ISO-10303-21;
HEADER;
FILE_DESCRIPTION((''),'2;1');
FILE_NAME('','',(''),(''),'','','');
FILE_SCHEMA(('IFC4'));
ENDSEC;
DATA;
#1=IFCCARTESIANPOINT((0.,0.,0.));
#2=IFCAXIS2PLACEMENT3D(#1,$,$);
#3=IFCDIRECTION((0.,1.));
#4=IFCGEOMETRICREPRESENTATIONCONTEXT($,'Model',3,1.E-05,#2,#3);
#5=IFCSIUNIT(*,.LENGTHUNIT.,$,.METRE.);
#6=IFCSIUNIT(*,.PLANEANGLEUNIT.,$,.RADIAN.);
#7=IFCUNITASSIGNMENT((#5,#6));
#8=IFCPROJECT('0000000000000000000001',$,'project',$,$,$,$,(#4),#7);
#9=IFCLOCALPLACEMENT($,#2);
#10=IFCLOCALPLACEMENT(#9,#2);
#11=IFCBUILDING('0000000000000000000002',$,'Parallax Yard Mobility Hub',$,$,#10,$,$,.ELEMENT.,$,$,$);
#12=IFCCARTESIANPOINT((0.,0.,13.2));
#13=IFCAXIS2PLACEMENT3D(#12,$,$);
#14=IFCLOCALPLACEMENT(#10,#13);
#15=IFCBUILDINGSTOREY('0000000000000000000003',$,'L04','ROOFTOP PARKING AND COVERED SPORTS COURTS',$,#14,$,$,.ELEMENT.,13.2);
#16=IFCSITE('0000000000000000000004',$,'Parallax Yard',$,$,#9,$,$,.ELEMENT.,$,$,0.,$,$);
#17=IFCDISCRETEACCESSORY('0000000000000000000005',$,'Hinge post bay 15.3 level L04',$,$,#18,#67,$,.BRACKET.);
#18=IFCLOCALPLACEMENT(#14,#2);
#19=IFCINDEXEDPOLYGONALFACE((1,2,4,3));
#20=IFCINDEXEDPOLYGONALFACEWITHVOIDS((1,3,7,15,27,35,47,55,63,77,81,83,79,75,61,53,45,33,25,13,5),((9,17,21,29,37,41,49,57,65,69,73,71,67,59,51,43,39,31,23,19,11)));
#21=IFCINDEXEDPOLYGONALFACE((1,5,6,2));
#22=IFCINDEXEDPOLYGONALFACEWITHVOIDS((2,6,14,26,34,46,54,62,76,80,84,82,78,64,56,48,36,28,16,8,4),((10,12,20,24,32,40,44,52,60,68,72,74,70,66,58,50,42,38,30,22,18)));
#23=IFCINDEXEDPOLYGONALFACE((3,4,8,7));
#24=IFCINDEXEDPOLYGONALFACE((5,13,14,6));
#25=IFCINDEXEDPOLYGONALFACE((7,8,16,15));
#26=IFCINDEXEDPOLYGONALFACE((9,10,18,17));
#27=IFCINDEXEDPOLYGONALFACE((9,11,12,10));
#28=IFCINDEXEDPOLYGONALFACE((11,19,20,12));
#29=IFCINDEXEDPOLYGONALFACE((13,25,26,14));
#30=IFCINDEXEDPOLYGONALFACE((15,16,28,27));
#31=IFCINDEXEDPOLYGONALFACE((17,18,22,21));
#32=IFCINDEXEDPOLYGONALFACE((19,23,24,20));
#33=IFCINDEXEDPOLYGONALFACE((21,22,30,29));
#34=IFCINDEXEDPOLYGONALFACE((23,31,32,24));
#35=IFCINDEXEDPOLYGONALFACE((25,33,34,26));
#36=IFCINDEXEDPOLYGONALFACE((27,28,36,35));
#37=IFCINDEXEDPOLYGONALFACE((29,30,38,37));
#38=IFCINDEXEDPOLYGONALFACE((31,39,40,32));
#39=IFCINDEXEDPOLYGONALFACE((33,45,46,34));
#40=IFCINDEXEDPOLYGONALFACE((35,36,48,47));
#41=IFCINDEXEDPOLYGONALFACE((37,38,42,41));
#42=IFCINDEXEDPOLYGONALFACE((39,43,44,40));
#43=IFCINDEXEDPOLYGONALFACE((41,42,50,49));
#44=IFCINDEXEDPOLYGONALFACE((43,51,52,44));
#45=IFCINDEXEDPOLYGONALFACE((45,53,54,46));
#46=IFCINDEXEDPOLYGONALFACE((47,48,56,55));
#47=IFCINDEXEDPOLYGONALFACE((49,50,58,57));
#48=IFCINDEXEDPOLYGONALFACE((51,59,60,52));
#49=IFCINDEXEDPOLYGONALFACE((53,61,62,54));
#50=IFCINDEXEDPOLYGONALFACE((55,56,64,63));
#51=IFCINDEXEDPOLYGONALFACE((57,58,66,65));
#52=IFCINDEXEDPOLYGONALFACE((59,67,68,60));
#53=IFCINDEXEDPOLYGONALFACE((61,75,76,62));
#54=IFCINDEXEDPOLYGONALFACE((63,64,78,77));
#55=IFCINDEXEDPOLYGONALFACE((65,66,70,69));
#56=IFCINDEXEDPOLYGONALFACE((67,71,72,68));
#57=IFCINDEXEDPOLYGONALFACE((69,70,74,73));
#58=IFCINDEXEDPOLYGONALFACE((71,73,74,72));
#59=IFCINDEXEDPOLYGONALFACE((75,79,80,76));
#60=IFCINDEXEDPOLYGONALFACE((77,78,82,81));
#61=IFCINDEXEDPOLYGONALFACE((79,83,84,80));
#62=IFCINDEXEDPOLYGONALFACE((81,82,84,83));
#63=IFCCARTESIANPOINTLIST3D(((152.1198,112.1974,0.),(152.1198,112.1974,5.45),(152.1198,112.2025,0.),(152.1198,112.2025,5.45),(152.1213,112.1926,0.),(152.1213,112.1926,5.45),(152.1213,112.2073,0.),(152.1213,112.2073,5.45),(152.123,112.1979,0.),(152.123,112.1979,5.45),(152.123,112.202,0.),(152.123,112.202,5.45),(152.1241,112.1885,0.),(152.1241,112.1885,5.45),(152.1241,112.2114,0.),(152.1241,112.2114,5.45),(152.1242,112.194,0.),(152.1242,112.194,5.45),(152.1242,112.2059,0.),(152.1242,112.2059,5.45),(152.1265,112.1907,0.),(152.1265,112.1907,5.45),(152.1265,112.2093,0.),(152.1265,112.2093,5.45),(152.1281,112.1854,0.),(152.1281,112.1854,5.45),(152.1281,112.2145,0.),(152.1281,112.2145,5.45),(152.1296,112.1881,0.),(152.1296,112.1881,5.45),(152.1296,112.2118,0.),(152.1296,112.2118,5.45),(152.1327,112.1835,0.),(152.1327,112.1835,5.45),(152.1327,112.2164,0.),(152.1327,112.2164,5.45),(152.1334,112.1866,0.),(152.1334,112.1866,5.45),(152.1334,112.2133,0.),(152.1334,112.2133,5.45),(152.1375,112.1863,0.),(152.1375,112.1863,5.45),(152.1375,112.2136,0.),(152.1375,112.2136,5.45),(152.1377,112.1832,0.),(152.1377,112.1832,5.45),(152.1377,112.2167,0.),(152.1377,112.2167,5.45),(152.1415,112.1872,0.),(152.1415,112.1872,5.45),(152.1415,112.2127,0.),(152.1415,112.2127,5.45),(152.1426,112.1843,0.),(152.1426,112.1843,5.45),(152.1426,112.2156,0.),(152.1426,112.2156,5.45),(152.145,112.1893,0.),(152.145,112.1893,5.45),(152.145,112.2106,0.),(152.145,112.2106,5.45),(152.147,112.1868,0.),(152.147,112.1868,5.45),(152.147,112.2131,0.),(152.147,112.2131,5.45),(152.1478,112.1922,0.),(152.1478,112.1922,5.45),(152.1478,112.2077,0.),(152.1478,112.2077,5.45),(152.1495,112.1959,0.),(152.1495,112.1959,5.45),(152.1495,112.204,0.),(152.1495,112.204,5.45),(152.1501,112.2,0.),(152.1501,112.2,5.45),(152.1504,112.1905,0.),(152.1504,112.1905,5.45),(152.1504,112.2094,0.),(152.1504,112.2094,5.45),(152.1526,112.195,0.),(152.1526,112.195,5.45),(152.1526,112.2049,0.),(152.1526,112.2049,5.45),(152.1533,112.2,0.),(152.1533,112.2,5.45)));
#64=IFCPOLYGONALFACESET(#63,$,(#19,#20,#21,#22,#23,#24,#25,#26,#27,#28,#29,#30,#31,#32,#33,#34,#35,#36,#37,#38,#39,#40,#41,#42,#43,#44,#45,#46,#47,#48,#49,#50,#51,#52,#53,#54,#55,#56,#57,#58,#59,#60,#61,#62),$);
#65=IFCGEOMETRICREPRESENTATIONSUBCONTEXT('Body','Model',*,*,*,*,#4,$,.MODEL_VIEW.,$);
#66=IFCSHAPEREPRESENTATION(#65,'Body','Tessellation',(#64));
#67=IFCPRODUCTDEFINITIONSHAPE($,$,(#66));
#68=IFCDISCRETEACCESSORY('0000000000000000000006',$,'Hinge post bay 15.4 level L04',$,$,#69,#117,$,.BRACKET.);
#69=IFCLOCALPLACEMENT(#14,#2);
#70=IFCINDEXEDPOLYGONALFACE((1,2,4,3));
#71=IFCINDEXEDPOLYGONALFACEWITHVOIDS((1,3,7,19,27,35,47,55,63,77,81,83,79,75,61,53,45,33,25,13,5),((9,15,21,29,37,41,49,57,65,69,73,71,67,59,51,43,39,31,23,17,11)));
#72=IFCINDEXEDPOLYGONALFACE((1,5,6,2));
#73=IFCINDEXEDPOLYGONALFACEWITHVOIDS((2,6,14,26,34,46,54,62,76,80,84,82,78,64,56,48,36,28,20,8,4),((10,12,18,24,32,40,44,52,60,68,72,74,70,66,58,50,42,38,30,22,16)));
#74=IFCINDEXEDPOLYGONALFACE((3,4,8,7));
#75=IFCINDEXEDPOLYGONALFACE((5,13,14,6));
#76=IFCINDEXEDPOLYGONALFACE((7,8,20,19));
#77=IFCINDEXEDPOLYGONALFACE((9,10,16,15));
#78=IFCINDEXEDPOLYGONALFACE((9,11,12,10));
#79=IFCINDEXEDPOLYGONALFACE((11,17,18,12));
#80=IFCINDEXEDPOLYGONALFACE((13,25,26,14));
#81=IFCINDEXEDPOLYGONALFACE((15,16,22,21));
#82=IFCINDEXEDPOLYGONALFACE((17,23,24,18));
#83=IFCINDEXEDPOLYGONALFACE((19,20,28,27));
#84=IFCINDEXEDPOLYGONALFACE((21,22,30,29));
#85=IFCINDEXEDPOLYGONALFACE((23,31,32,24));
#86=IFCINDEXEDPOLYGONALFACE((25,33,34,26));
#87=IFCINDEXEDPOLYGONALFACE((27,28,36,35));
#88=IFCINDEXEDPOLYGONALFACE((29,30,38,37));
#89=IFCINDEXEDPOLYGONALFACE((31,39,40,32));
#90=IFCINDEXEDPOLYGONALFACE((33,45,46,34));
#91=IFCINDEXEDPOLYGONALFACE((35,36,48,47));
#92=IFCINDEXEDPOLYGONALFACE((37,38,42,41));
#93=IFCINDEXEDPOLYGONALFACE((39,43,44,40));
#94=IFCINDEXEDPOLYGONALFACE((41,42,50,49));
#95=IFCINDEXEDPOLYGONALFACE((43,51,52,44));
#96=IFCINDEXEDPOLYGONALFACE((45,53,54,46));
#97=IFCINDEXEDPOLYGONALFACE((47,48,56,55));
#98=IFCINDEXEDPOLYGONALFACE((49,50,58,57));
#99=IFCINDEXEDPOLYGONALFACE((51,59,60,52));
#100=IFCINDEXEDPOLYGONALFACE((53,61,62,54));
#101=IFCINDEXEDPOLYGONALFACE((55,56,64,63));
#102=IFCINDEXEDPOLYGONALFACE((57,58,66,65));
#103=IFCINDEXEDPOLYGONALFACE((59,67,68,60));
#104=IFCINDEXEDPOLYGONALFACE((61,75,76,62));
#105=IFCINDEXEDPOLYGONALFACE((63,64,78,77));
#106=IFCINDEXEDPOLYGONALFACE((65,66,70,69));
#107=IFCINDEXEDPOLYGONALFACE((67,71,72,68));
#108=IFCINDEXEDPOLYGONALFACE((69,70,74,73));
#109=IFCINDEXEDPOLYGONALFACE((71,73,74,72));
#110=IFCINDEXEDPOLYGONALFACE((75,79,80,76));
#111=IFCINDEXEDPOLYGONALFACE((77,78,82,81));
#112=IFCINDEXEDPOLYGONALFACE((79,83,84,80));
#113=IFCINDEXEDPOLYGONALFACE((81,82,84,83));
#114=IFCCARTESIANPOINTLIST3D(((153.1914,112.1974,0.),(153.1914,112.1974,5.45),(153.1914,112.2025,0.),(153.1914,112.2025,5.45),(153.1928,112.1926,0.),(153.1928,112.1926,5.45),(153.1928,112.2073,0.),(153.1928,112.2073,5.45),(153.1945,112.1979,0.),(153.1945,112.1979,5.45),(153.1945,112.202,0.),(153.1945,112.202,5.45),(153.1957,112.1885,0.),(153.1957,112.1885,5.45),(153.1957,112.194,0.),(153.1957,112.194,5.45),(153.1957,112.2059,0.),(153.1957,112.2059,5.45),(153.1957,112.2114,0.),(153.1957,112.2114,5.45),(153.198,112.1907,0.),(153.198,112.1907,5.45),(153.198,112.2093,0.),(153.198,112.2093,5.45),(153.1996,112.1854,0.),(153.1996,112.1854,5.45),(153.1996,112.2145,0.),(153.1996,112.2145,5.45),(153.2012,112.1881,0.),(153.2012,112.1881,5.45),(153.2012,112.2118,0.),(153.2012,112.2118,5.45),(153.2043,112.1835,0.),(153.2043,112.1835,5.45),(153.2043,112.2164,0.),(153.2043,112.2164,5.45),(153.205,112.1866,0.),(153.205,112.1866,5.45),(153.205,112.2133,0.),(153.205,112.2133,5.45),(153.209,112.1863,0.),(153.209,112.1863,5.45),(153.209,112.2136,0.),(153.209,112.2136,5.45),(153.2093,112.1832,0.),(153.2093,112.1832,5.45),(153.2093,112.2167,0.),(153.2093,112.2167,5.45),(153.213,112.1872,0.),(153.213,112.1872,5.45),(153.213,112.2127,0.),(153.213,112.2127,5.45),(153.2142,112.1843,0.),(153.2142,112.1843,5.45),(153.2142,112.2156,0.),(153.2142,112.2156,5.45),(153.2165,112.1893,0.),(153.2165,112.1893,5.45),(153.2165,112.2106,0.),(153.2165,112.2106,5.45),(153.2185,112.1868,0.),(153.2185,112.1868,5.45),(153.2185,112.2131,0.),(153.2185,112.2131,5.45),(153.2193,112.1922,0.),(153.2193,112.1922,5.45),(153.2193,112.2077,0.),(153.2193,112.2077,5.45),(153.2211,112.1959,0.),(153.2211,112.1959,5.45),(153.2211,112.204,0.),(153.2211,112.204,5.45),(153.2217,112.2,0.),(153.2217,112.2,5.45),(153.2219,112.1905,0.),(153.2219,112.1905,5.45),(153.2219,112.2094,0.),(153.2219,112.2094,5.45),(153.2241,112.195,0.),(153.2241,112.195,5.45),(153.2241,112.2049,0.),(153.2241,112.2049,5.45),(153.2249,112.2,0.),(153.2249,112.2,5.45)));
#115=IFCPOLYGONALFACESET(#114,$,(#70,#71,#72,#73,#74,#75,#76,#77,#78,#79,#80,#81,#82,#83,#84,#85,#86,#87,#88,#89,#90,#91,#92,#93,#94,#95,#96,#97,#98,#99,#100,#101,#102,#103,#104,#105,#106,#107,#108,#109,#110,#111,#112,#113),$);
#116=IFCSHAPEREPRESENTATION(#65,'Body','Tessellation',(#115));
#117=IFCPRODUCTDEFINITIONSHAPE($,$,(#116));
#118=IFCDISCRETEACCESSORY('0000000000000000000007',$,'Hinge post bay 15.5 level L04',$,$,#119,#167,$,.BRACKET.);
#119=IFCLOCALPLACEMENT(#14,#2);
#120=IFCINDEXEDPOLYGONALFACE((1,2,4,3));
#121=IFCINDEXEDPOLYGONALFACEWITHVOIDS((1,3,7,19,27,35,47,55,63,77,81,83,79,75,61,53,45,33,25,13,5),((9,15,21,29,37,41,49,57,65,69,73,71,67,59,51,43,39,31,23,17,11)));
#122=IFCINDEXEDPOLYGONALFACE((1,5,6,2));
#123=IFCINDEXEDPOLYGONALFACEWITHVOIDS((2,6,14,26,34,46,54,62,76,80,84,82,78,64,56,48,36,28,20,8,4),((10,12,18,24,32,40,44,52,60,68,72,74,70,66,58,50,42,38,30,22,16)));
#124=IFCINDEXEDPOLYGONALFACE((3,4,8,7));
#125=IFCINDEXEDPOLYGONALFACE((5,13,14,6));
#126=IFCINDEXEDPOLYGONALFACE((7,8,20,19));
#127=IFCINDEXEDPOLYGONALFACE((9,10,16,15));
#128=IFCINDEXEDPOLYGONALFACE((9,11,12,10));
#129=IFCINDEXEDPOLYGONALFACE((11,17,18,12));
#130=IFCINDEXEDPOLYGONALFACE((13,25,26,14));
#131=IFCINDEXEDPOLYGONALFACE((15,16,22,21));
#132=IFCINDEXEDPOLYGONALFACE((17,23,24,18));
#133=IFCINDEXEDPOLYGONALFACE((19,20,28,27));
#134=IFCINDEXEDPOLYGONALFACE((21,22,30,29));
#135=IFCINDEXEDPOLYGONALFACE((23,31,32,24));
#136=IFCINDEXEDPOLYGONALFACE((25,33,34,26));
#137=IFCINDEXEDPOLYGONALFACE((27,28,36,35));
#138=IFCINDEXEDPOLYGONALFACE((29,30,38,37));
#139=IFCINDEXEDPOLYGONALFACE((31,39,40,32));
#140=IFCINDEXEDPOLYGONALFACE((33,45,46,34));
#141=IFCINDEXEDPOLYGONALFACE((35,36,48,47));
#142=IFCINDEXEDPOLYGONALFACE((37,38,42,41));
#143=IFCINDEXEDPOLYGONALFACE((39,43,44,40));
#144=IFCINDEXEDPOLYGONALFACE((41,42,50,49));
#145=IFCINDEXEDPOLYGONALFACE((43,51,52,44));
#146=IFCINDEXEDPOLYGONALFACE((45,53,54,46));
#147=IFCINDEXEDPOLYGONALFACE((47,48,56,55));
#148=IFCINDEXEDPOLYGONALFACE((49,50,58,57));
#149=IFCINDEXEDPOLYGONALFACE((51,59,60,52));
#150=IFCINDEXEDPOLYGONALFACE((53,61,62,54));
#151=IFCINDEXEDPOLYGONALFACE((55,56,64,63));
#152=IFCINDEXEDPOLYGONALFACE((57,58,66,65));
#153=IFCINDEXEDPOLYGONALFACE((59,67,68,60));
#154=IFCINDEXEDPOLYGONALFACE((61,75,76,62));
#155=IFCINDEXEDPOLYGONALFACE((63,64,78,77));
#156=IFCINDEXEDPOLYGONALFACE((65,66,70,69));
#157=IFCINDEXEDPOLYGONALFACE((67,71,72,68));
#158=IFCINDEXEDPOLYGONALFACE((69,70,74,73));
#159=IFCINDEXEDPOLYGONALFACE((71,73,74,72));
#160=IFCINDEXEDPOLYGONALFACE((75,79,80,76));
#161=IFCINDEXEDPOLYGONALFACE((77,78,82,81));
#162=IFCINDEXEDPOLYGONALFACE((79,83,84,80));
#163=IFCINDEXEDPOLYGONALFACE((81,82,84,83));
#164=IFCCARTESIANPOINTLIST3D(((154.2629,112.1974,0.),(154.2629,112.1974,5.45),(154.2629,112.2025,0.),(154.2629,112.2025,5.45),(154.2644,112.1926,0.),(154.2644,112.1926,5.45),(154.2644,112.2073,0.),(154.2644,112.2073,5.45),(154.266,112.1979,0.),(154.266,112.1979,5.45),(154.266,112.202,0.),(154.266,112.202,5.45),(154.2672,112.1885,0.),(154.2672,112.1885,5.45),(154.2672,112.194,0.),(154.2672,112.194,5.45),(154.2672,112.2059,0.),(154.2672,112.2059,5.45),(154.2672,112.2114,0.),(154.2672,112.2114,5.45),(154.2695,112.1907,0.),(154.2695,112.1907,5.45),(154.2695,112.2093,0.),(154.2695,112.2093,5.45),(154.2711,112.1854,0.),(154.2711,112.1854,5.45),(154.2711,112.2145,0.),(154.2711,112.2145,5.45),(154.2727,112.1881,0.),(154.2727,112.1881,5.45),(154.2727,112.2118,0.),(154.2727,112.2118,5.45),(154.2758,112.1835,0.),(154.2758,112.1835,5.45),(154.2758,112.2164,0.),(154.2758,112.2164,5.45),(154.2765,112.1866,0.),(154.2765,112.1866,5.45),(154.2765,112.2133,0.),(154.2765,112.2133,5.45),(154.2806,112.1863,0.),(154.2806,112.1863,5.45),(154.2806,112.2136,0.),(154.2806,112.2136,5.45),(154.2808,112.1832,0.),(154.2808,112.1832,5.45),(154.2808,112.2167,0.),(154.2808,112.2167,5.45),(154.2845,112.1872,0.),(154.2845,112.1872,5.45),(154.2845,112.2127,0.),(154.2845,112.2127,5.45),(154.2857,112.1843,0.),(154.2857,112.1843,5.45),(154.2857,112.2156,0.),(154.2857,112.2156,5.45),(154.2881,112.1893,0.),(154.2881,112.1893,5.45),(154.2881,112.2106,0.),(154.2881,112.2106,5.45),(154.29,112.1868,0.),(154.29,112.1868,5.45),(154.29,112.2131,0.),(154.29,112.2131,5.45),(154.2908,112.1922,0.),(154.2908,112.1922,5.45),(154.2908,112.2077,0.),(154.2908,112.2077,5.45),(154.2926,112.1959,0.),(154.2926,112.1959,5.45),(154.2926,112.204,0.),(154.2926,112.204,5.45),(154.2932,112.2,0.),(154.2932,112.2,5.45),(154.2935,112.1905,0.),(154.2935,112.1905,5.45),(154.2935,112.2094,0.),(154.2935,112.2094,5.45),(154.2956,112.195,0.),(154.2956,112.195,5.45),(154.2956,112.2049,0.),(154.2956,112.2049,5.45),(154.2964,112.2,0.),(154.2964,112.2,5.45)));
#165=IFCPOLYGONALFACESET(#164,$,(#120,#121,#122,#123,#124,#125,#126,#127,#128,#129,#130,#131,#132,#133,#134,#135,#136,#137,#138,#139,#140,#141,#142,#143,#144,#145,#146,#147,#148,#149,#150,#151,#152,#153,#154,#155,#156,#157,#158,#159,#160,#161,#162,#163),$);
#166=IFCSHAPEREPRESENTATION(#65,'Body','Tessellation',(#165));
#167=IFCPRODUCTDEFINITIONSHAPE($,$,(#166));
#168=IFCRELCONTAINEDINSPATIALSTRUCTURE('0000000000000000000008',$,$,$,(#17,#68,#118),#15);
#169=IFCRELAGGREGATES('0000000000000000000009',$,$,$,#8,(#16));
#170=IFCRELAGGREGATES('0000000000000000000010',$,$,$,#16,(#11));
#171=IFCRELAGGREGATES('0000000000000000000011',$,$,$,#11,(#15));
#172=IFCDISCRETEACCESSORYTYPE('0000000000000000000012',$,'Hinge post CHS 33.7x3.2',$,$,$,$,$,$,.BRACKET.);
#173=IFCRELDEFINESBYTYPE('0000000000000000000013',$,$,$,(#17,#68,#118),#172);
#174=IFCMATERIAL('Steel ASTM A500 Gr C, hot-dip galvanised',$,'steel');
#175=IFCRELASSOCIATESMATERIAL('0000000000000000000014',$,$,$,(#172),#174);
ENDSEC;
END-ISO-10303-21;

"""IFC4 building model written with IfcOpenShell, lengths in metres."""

from ifc_helpers import new_model, si_unit, direction, frame, origin, origin_2d, place, context, subcontext, project, spatial, hollow_circle, extrude, material, material_profile, profile_set, type_object, element, save


model = new_model("IFC4")

# Units and contexts
model_context = context("Model", 3, precision=1e-05, world=origin(), true_north=direction((0.0, 1.0)))
body_context = subcontext(model_context, "Body", "Model", "MODEL_VIEW")
ifc_project = project(units=[si_unit("LENGTHUNIT", "METRE"), si_unit("PLANEANGLEUNIT", "RADIAN")], contexts=[model_context])

# Site, building, storey
site_placement = place(None, origin())
site = spatial("IfcSite", under=ifc_project, at=site_placement, Name="Parallax Yard", CompositionType="ELEMENT", RefElevation=0.0)
building_placement = place(site_placement, origin())
building = spatial("IfcBuilding", under=site, at=building_placement, Name="Parallax Yard Mobility Hub", CompositionType="ELEMENT")
storey_placement = place(building_placement, frame((0.0, 0.0, 13.2)))
storey = spatial("IfcBuildingStorey", under=building, at=storey_placement, Name="L04", Description="ROOFTOP PARKING AND COVERED SPORTS COURTS", CompositionType="ELEMENT", Elevation=13.2)

# Discrete accessories
ifc_material_1 = material(Name="Steel ASTM A500 Gr C, hot-dip galvanised", Category="steel")
ifc_material_profile = material_profile(ifc_material_1, hollow_circle(Radius=0.0168, WallThickness=0.0032, at=origin_2d()), Name="CHS 33.7x3.2")
ifc_profile_set = profile_set([ifc_material_profile], Name="Steel ASTM A500 Gr C, hot-dip galvanised")
discrete_accessory_type_1 = type_object("IfcDiscreteAccessoryType", Name="Hinge post CHS 33.7x3.2", PredefinedType="BRACKET", material=ifc_profile_set)
for number, where, z_axis, x_axis, name in (
    (1, (152.1365, 112.2, 0.0), (0.0, 0.0, 1.0), (1.0, 0.0, 0.0), "Hinge post bay 15.3 level L04"),
    (2, (153.208, 112.2, 0.0), (0.0, 0.0, 1.0), (1.0, 0.0, 0.0), "Hinge post bay 15.4 level L04"),
    (3, (154.2795, 112.2, 0.0), (0.0, 0.0, 1.0), (1.0, 0.0, 0.0), "Hinge post bay 15.5 level L04"),
):
    element("IfcDiscreteAccessory", number, at=place(storey_placement, frame(where, z_axis=z_axis, x_axis=x_axis)), inside=storey, type_object=discrete_accessory_type_1, Name=name, PredefinedType="BRACKET", context=body_context, shape_type="SweptSolid", body=[
        extrude(hollow_circle(Radius=0.0168, WallThickness=0.0032, at=origin_2d()), origin(), (0.0, 0.0, 1.0), 5.45),
    ])

save(model, "model.ifc")
